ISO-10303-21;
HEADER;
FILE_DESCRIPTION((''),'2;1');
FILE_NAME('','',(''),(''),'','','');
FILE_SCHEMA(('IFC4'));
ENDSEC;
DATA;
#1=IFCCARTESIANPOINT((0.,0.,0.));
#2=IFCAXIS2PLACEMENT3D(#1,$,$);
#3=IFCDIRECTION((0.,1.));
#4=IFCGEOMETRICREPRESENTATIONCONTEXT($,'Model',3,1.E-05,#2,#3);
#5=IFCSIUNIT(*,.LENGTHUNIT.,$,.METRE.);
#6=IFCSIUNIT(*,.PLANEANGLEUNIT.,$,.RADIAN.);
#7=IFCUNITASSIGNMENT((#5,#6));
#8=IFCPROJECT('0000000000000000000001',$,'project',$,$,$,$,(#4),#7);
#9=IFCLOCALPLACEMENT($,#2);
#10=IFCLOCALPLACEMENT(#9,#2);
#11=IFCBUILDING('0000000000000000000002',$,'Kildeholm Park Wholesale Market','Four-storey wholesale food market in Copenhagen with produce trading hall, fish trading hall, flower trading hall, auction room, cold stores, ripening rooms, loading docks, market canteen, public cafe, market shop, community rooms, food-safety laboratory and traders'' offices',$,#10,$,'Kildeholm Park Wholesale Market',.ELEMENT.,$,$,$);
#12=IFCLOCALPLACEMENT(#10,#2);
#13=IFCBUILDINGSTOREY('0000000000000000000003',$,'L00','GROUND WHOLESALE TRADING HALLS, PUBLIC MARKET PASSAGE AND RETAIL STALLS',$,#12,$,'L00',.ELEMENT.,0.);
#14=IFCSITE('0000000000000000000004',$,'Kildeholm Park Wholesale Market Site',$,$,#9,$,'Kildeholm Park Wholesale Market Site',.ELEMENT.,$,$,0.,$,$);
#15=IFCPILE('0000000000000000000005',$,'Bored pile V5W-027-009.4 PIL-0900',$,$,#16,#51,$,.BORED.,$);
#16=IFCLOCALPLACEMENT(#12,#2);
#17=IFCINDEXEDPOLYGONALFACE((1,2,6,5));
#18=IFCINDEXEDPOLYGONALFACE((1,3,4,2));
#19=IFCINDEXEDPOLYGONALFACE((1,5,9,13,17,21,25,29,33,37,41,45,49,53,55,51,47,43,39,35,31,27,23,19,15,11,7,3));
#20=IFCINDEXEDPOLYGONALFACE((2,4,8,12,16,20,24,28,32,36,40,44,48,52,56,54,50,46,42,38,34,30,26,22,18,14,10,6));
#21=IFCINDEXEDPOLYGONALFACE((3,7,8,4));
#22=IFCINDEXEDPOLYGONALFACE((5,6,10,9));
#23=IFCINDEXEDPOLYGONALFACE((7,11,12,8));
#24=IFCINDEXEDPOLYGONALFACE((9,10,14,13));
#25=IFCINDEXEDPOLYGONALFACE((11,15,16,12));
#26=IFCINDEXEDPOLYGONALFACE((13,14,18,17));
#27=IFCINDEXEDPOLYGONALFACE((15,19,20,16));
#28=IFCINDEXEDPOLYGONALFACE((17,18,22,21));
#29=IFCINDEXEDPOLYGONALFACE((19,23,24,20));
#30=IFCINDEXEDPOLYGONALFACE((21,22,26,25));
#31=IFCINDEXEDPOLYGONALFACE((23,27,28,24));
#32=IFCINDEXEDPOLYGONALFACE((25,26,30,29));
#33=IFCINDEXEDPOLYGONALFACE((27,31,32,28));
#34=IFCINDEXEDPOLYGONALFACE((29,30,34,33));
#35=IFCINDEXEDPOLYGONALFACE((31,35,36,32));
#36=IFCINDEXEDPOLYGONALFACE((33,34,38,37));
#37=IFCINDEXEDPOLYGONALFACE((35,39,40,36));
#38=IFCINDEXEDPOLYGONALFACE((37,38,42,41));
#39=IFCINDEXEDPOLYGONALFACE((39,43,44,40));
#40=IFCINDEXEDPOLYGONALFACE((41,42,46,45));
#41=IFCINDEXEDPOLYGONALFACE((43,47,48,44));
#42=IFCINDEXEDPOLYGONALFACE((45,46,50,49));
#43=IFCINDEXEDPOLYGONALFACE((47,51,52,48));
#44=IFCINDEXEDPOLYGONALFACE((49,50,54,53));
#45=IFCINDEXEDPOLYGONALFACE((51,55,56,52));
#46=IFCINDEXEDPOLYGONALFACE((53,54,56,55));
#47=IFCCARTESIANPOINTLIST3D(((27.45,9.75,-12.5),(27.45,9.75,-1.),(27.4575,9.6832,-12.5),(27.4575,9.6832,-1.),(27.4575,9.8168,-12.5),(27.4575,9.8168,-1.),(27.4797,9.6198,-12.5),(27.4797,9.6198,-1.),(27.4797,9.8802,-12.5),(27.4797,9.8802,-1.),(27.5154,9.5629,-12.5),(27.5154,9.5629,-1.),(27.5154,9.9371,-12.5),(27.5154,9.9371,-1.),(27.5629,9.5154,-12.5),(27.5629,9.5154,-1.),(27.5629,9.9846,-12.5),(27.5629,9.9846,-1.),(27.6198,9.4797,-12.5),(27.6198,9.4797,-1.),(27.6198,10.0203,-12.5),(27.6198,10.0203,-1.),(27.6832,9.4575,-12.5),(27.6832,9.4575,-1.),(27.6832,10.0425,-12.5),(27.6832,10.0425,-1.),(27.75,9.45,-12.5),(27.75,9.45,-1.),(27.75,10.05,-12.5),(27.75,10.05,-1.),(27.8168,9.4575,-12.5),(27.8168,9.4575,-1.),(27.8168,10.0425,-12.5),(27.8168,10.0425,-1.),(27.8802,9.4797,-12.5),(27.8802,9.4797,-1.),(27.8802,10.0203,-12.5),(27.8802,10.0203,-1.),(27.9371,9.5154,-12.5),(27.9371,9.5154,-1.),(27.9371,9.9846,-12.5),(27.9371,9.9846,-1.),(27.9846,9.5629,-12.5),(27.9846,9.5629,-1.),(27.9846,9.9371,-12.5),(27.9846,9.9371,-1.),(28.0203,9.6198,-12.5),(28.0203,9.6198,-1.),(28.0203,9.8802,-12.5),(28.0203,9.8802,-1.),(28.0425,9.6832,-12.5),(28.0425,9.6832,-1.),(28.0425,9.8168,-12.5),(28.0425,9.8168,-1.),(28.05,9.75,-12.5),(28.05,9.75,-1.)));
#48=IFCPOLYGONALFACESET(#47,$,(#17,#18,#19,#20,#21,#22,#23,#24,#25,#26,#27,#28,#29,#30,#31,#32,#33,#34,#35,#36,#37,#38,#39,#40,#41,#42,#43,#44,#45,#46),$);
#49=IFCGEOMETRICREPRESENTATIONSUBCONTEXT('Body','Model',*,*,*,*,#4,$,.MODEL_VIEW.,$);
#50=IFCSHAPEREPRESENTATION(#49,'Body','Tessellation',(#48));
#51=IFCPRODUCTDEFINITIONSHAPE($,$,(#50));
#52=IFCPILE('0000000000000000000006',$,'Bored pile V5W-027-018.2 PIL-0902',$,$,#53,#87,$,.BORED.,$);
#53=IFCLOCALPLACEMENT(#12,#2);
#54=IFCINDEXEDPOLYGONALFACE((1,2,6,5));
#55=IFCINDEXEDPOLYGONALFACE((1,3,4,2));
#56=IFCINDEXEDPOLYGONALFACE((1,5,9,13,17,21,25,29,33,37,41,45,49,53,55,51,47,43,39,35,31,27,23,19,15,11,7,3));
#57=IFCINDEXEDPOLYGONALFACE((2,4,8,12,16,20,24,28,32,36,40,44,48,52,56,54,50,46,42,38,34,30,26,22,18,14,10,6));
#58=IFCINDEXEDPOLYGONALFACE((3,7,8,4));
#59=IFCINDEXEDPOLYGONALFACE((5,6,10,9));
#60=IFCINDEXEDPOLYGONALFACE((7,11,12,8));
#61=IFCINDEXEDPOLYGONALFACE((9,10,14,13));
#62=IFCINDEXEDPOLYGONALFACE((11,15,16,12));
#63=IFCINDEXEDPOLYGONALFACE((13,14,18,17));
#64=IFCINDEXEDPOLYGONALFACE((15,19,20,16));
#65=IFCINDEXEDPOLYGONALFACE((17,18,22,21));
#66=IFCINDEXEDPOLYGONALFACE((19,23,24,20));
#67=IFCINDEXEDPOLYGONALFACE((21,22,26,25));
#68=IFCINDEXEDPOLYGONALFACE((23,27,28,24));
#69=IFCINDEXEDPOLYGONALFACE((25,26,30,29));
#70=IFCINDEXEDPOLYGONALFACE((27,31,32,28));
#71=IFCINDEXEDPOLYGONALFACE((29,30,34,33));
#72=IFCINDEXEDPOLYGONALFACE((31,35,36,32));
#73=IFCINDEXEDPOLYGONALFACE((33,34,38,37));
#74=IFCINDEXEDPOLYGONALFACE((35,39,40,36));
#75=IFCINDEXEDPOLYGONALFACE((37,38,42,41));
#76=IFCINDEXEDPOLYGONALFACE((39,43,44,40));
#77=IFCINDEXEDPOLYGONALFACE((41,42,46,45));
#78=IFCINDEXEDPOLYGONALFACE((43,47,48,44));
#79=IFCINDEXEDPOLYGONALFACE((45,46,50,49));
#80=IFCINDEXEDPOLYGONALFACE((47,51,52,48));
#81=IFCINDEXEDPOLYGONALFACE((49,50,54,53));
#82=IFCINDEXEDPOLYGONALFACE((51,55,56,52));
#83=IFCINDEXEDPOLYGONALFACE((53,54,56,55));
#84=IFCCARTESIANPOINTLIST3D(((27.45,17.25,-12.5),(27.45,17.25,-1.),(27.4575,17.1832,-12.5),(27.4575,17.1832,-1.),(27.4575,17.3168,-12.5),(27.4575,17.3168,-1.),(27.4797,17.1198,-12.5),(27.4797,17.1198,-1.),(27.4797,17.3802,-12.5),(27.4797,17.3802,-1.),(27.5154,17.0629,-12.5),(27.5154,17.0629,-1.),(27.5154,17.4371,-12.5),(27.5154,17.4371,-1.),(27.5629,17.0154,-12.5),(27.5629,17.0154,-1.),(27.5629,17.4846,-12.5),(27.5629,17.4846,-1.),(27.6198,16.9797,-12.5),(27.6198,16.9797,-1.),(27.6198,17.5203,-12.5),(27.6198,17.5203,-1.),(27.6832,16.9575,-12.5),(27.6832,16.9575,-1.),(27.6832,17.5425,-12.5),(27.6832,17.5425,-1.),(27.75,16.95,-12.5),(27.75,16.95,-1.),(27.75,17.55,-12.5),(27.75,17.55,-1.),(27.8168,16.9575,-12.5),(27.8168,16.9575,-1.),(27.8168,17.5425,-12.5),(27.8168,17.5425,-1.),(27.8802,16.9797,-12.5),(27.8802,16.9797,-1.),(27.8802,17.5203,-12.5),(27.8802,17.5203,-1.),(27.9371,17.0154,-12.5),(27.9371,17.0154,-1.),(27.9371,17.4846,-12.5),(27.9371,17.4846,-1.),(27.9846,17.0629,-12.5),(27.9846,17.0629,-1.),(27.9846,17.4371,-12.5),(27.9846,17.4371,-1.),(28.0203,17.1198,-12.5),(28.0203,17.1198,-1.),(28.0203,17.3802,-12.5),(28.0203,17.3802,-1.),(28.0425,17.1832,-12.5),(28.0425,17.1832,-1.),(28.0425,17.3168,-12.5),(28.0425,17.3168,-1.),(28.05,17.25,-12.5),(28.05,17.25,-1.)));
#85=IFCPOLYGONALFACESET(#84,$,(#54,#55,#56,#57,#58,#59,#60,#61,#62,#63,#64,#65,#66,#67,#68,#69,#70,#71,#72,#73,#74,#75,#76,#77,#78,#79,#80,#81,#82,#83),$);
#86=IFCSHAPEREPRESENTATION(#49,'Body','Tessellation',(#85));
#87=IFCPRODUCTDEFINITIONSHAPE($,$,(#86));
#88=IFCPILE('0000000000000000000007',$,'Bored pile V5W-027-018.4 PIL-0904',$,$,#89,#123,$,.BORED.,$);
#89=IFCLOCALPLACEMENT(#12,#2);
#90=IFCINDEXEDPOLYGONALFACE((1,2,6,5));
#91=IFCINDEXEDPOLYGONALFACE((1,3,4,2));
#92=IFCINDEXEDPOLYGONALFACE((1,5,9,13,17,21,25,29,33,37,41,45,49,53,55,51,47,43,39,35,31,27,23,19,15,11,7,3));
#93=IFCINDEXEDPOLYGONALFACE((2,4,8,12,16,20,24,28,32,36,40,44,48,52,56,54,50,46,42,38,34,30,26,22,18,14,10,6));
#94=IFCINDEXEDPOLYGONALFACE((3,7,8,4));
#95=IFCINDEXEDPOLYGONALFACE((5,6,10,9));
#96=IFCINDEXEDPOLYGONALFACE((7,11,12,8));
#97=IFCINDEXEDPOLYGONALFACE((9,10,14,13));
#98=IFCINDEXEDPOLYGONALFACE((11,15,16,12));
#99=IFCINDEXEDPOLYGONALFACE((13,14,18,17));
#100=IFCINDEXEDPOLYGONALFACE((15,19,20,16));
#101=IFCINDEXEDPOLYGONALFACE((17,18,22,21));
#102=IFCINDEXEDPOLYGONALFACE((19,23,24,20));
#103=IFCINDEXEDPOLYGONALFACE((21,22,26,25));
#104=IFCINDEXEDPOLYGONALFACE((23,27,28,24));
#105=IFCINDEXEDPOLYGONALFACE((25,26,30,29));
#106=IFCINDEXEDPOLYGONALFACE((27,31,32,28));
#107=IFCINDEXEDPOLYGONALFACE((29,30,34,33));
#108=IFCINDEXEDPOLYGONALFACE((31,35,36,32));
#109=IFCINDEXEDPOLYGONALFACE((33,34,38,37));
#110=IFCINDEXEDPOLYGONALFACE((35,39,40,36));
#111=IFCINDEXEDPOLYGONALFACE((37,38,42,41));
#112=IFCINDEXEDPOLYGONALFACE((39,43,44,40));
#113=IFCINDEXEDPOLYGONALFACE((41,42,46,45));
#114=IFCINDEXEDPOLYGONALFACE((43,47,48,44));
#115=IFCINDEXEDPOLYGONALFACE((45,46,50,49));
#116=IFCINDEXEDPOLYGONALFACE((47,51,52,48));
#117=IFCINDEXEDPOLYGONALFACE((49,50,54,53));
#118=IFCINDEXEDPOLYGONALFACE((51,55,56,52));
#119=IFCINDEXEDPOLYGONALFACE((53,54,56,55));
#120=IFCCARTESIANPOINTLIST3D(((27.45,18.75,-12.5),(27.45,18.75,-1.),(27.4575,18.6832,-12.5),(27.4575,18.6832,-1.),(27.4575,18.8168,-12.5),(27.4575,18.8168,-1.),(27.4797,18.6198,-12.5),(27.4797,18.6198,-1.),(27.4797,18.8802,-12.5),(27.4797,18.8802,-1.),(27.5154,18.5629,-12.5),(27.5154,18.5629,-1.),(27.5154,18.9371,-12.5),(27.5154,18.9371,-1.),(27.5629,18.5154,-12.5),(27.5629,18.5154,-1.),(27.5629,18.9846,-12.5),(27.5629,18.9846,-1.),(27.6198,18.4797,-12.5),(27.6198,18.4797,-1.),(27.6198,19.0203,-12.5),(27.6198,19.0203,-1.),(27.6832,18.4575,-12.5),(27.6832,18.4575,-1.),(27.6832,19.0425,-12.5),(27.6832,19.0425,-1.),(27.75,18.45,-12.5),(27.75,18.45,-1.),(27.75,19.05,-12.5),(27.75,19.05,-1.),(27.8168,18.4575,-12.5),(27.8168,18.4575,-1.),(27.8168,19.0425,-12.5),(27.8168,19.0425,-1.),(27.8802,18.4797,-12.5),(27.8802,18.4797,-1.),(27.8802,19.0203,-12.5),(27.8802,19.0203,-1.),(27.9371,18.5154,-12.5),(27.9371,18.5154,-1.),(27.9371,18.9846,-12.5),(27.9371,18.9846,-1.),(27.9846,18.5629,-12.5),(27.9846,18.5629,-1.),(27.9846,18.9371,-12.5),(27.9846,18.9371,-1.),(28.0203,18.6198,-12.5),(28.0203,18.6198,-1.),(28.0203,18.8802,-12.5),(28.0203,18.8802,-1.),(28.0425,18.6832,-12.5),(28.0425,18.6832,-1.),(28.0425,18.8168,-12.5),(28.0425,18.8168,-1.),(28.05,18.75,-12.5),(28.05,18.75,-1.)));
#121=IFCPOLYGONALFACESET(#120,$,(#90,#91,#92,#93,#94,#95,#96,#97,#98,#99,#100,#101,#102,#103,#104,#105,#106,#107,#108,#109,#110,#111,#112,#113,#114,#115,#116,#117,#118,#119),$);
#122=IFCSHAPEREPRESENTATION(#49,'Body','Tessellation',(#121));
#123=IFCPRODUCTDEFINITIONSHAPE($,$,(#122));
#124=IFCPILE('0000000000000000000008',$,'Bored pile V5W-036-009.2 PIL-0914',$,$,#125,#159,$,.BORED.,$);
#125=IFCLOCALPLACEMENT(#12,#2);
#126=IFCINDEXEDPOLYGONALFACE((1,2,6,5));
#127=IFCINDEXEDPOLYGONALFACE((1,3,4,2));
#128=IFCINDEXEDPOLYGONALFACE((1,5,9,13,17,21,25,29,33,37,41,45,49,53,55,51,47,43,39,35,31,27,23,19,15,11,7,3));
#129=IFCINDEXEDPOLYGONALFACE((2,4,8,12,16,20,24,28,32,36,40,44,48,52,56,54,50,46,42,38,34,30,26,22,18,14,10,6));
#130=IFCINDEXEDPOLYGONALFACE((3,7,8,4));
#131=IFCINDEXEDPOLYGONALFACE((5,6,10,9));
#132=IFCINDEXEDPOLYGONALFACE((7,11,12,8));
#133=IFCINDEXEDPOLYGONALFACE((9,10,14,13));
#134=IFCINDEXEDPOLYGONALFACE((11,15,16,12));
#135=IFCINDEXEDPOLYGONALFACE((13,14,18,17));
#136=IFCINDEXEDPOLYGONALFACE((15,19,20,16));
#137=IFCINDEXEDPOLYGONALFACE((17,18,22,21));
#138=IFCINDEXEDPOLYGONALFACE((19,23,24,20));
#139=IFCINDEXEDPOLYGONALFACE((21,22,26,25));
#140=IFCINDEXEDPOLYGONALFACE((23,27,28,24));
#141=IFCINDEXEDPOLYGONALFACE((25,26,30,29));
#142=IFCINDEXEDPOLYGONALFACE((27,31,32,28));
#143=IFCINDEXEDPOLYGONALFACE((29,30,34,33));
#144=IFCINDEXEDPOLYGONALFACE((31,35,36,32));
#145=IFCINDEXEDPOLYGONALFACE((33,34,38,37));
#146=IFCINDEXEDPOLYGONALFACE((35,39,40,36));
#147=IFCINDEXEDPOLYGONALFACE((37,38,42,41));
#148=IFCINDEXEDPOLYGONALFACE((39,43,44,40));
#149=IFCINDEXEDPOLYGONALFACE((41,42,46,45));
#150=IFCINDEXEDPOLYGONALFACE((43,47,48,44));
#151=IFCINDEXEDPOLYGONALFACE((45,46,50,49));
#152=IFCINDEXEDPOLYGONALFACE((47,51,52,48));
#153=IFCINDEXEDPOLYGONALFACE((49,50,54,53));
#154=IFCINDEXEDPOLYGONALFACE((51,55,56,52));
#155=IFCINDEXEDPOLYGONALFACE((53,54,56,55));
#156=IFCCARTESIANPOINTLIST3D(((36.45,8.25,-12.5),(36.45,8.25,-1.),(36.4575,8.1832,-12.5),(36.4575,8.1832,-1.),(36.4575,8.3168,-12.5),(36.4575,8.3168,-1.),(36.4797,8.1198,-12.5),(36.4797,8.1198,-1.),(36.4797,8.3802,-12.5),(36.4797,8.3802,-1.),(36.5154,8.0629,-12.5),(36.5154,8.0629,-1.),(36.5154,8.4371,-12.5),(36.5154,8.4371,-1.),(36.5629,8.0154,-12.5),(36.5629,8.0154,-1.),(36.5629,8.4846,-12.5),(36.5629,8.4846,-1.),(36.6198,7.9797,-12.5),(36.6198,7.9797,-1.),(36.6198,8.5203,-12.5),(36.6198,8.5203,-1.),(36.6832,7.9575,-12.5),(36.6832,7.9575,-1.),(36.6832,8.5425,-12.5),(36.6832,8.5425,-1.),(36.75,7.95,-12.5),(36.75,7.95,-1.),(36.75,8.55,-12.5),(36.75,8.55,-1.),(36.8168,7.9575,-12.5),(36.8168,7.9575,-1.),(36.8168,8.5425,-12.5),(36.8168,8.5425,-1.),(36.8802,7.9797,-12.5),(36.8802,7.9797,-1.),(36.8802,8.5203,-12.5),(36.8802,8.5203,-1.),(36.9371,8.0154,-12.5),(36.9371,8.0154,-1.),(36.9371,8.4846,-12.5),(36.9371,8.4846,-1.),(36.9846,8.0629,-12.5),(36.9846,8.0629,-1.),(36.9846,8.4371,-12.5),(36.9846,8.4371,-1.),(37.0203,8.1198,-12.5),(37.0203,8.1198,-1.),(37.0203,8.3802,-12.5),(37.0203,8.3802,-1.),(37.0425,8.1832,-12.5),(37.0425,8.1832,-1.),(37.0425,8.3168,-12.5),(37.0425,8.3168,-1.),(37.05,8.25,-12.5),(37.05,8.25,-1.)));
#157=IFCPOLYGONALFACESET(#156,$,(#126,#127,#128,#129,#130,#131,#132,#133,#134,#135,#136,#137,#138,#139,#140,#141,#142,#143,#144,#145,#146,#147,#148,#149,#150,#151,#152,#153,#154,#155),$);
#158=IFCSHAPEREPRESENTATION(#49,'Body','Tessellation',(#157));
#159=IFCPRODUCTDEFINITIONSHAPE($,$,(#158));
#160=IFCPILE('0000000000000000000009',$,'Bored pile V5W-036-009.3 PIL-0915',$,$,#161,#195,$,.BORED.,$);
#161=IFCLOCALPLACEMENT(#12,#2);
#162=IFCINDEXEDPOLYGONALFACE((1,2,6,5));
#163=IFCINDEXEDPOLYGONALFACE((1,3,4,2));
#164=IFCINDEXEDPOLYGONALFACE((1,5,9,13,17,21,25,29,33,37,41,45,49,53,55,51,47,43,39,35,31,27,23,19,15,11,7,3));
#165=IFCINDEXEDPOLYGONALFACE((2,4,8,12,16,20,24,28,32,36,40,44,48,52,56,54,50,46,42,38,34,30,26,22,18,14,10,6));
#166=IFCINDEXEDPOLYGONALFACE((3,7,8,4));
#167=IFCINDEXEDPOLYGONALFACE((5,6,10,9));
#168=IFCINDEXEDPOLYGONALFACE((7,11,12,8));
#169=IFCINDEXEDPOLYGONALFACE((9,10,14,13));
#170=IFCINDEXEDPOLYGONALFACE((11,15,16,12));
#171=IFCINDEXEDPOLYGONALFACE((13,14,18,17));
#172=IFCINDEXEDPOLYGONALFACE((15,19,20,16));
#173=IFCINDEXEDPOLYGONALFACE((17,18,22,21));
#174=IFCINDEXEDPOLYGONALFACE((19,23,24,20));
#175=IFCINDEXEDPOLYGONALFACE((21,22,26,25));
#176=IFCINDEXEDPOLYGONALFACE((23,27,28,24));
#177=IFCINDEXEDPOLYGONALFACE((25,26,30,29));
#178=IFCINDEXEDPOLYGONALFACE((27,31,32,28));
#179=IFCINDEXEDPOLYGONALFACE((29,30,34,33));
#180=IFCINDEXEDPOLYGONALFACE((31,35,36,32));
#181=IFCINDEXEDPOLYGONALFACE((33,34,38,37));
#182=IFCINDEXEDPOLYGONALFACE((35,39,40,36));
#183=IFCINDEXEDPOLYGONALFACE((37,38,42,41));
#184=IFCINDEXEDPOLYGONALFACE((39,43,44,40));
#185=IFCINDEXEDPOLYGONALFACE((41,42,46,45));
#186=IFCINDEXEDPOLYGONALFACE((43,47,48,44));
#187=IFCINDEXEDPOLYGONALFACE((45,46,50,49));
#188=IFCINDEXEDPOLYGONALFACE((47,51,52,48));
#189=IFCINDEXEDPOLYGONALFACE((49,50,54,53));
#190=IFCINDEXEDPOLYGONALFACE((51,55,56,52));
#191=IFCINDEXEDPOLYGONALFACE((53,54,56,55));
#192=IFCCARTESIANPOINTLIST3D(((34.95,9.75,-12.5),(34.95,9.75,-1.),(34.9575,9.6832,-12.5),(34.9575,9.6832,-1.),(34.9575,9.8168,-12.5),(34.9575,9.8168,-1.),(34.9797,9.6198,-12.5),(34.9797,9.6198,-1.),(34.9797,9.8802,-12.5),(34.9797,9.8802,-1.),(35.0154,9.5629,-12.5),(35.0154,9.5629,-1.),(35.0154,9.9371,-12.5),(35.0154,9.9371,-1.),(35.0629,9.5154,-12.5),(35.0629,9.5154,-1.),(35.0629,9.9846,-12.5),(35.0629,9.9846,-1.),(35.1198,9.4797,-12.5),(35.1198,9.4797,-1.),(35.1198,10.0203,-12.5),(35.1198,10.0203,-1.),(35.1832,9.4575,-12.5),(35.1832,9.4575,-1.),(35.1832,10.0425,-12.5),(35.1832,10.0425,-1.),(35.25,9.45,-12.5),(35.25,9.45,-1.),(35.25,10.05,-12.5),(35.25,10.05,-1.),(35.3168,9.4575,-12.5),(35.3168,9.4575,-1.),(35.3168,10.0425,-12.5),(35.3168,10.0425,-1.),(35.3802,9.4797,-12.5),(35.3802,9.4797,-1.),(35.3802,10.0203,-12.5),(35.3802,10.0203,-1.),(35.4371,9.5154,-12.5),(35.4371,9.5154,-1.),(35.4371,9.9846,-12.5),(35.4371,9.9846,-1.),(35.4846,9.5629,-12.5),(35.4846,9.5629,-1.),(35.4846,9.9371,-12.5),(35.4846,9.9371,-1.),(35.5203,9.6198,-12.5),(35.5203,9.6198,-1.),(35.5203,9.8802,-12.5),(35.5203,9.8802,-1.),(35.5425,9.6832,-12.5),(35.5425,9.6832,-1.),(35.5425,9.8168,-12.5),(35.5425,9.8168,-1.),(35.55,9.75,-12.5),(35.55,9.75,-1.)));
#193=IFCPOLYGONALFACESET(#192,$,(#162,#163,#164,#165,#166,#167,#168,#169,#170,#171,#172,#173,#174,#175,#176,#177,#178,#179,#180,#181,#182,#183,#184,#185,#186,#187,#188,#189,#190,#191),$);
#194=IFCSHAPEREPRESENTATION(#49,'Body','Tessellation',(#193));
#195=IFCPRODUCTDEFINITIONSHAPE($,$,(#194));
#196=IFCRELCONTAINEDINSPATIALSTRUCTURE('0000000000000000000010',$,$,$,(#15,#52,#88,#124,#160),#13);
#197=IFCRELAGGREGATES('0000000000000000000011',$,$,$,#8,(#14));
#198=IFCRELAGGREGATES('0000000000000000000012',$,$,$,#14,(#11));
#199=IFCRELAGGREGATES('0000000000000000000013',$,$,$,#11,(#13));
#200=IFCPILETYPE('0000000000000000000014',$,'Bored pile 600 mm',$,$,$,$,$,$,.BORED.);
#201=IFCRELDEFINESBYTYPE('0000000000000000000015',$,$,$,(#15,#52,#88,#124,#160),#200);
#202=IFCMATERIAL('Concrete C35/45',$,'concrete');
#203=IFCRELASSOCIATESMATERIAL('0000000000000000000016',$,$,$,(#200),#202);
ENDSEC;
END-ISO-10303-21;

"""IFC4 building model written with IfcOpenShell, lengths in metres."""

from ifc_helpers import new_model, si_unit, direction, frame, origin, origin_2d, place, context, subcontext, project, spatial, circle, extrude, material, material_profile, profile_set, type_object, element, save


model = new_model("IFC4")

# Units and contexts
model_context = context("Model", 3, precision=1e-05, world=origin(), true_north=direction((0.0, 1.0)))
body_context = subcontext(model_context, "Body", "Model", "MODEL_VIEW")
ifc_project = project(units=[si_unit("LENGTHUNIT", "METRE"), si_unit("PLANEANGLEUNIT", "RADIAN")], contexts=[model_context])

# Site, building, storey
site_placement = place(None, origin())
site = spatial("IfcSite", under=ifc_project, at=site_placement, Name="Kildeholm Park Wholesale Market Site", LongName="Kildeholm Park Wholesale Market Site", CompositionType="ELEMENT", RefElevation=0.0)
building_placement = place(site_placement, origin())
building = spatial("IfcBuilding", under=site, at=building_placement, Name="Kildeholm Park Wholesale Market", Description="Four-storey wholesale food market in Copenhagen with produce trading hall, fish trading hall, flower trading hall, auction room, cold stores, ripening rooms, loading docks, market canteen, public cafe, market shop, community rooms, food-safety laboratory and traders' offices", LongName="Kildeholm Park Wholesale Market", CompositionType="ELEMENT")
storey_placement = place(building_placement, origin())
storey = spatial("IfcBuildingStorey", under=building, at=storey_placement, Name="L00", Description="GROUND WHOLESALE TRADING HALLS, PUBLIC MARKET PASSAGE AND RETAIL STALLS", LongName="L00", CompositionType="ELEMENT", Elevation=0.0)

# Piles
ifc_material_1 = material(Name="Concrete C35/45", Category="concrete")
ifc_material_profile_1 = material_profile(ifc_material_1, circle(Radius=0.3, at=origin_2d()), Name="PILE D600")
ifc_profile_set_1 = profile_set([ifc_material_profile_1], Name="Concrete C35/45")
pile_type = type_object("IfcPileType", Name="Bored pile 600 mm", PredefinedType="BORED", material=ifc_profile_set_1)
for number, where, z_axis, x_axis, name in (
    (1, (27.75, 9.75, -1.0), (0.0, 0.0, -1.0), (1.0, 0.0, 0.0), "Bored pile V5W-027-009.4 PIL-0900"),
    (2, (27.75, 17.25, -1.0), (0.0, 0.0, -1.0), (1.0, 0.0, 0.0), "Bored pile V5W-027-018.2 PIL-0902"),
    (3, (27.75, 18.75, -1.0), (0.0, 0.0, -1.0), (1.0, 0.0, 0.0), "Bored pile V5W-027-018.4 PIL-0904"),
    (4, (36.75, 8.25, -1.0), (0.0, 0.0, -1.0), (1.0, 0.0, 0.0), "Bored pile V5W-036-009.2 PIL-0914"),
    (5, (35.25, 9.75, -1.0), (0.0, 0.0, -1.0), (1.0, 0.0, 0.0), "Bored pile V5W-036-009.3 PIL-0915"),
):
    element("IfcPile", number, at=place(storey_placement, frame(where, z_axis=z_axis, x_axis=x_axis)), inside=storey, type_object=pile_type, Name=name, PredefinedType="BORED", context=body_context, shape_type="SweptSolid", body=[
        extrude(circle(Radius=0.3, at=origin_2d()), origin(), (0.0, 0.0, 1.0), 11.5),
    ])

save(model, "model.ifc")
